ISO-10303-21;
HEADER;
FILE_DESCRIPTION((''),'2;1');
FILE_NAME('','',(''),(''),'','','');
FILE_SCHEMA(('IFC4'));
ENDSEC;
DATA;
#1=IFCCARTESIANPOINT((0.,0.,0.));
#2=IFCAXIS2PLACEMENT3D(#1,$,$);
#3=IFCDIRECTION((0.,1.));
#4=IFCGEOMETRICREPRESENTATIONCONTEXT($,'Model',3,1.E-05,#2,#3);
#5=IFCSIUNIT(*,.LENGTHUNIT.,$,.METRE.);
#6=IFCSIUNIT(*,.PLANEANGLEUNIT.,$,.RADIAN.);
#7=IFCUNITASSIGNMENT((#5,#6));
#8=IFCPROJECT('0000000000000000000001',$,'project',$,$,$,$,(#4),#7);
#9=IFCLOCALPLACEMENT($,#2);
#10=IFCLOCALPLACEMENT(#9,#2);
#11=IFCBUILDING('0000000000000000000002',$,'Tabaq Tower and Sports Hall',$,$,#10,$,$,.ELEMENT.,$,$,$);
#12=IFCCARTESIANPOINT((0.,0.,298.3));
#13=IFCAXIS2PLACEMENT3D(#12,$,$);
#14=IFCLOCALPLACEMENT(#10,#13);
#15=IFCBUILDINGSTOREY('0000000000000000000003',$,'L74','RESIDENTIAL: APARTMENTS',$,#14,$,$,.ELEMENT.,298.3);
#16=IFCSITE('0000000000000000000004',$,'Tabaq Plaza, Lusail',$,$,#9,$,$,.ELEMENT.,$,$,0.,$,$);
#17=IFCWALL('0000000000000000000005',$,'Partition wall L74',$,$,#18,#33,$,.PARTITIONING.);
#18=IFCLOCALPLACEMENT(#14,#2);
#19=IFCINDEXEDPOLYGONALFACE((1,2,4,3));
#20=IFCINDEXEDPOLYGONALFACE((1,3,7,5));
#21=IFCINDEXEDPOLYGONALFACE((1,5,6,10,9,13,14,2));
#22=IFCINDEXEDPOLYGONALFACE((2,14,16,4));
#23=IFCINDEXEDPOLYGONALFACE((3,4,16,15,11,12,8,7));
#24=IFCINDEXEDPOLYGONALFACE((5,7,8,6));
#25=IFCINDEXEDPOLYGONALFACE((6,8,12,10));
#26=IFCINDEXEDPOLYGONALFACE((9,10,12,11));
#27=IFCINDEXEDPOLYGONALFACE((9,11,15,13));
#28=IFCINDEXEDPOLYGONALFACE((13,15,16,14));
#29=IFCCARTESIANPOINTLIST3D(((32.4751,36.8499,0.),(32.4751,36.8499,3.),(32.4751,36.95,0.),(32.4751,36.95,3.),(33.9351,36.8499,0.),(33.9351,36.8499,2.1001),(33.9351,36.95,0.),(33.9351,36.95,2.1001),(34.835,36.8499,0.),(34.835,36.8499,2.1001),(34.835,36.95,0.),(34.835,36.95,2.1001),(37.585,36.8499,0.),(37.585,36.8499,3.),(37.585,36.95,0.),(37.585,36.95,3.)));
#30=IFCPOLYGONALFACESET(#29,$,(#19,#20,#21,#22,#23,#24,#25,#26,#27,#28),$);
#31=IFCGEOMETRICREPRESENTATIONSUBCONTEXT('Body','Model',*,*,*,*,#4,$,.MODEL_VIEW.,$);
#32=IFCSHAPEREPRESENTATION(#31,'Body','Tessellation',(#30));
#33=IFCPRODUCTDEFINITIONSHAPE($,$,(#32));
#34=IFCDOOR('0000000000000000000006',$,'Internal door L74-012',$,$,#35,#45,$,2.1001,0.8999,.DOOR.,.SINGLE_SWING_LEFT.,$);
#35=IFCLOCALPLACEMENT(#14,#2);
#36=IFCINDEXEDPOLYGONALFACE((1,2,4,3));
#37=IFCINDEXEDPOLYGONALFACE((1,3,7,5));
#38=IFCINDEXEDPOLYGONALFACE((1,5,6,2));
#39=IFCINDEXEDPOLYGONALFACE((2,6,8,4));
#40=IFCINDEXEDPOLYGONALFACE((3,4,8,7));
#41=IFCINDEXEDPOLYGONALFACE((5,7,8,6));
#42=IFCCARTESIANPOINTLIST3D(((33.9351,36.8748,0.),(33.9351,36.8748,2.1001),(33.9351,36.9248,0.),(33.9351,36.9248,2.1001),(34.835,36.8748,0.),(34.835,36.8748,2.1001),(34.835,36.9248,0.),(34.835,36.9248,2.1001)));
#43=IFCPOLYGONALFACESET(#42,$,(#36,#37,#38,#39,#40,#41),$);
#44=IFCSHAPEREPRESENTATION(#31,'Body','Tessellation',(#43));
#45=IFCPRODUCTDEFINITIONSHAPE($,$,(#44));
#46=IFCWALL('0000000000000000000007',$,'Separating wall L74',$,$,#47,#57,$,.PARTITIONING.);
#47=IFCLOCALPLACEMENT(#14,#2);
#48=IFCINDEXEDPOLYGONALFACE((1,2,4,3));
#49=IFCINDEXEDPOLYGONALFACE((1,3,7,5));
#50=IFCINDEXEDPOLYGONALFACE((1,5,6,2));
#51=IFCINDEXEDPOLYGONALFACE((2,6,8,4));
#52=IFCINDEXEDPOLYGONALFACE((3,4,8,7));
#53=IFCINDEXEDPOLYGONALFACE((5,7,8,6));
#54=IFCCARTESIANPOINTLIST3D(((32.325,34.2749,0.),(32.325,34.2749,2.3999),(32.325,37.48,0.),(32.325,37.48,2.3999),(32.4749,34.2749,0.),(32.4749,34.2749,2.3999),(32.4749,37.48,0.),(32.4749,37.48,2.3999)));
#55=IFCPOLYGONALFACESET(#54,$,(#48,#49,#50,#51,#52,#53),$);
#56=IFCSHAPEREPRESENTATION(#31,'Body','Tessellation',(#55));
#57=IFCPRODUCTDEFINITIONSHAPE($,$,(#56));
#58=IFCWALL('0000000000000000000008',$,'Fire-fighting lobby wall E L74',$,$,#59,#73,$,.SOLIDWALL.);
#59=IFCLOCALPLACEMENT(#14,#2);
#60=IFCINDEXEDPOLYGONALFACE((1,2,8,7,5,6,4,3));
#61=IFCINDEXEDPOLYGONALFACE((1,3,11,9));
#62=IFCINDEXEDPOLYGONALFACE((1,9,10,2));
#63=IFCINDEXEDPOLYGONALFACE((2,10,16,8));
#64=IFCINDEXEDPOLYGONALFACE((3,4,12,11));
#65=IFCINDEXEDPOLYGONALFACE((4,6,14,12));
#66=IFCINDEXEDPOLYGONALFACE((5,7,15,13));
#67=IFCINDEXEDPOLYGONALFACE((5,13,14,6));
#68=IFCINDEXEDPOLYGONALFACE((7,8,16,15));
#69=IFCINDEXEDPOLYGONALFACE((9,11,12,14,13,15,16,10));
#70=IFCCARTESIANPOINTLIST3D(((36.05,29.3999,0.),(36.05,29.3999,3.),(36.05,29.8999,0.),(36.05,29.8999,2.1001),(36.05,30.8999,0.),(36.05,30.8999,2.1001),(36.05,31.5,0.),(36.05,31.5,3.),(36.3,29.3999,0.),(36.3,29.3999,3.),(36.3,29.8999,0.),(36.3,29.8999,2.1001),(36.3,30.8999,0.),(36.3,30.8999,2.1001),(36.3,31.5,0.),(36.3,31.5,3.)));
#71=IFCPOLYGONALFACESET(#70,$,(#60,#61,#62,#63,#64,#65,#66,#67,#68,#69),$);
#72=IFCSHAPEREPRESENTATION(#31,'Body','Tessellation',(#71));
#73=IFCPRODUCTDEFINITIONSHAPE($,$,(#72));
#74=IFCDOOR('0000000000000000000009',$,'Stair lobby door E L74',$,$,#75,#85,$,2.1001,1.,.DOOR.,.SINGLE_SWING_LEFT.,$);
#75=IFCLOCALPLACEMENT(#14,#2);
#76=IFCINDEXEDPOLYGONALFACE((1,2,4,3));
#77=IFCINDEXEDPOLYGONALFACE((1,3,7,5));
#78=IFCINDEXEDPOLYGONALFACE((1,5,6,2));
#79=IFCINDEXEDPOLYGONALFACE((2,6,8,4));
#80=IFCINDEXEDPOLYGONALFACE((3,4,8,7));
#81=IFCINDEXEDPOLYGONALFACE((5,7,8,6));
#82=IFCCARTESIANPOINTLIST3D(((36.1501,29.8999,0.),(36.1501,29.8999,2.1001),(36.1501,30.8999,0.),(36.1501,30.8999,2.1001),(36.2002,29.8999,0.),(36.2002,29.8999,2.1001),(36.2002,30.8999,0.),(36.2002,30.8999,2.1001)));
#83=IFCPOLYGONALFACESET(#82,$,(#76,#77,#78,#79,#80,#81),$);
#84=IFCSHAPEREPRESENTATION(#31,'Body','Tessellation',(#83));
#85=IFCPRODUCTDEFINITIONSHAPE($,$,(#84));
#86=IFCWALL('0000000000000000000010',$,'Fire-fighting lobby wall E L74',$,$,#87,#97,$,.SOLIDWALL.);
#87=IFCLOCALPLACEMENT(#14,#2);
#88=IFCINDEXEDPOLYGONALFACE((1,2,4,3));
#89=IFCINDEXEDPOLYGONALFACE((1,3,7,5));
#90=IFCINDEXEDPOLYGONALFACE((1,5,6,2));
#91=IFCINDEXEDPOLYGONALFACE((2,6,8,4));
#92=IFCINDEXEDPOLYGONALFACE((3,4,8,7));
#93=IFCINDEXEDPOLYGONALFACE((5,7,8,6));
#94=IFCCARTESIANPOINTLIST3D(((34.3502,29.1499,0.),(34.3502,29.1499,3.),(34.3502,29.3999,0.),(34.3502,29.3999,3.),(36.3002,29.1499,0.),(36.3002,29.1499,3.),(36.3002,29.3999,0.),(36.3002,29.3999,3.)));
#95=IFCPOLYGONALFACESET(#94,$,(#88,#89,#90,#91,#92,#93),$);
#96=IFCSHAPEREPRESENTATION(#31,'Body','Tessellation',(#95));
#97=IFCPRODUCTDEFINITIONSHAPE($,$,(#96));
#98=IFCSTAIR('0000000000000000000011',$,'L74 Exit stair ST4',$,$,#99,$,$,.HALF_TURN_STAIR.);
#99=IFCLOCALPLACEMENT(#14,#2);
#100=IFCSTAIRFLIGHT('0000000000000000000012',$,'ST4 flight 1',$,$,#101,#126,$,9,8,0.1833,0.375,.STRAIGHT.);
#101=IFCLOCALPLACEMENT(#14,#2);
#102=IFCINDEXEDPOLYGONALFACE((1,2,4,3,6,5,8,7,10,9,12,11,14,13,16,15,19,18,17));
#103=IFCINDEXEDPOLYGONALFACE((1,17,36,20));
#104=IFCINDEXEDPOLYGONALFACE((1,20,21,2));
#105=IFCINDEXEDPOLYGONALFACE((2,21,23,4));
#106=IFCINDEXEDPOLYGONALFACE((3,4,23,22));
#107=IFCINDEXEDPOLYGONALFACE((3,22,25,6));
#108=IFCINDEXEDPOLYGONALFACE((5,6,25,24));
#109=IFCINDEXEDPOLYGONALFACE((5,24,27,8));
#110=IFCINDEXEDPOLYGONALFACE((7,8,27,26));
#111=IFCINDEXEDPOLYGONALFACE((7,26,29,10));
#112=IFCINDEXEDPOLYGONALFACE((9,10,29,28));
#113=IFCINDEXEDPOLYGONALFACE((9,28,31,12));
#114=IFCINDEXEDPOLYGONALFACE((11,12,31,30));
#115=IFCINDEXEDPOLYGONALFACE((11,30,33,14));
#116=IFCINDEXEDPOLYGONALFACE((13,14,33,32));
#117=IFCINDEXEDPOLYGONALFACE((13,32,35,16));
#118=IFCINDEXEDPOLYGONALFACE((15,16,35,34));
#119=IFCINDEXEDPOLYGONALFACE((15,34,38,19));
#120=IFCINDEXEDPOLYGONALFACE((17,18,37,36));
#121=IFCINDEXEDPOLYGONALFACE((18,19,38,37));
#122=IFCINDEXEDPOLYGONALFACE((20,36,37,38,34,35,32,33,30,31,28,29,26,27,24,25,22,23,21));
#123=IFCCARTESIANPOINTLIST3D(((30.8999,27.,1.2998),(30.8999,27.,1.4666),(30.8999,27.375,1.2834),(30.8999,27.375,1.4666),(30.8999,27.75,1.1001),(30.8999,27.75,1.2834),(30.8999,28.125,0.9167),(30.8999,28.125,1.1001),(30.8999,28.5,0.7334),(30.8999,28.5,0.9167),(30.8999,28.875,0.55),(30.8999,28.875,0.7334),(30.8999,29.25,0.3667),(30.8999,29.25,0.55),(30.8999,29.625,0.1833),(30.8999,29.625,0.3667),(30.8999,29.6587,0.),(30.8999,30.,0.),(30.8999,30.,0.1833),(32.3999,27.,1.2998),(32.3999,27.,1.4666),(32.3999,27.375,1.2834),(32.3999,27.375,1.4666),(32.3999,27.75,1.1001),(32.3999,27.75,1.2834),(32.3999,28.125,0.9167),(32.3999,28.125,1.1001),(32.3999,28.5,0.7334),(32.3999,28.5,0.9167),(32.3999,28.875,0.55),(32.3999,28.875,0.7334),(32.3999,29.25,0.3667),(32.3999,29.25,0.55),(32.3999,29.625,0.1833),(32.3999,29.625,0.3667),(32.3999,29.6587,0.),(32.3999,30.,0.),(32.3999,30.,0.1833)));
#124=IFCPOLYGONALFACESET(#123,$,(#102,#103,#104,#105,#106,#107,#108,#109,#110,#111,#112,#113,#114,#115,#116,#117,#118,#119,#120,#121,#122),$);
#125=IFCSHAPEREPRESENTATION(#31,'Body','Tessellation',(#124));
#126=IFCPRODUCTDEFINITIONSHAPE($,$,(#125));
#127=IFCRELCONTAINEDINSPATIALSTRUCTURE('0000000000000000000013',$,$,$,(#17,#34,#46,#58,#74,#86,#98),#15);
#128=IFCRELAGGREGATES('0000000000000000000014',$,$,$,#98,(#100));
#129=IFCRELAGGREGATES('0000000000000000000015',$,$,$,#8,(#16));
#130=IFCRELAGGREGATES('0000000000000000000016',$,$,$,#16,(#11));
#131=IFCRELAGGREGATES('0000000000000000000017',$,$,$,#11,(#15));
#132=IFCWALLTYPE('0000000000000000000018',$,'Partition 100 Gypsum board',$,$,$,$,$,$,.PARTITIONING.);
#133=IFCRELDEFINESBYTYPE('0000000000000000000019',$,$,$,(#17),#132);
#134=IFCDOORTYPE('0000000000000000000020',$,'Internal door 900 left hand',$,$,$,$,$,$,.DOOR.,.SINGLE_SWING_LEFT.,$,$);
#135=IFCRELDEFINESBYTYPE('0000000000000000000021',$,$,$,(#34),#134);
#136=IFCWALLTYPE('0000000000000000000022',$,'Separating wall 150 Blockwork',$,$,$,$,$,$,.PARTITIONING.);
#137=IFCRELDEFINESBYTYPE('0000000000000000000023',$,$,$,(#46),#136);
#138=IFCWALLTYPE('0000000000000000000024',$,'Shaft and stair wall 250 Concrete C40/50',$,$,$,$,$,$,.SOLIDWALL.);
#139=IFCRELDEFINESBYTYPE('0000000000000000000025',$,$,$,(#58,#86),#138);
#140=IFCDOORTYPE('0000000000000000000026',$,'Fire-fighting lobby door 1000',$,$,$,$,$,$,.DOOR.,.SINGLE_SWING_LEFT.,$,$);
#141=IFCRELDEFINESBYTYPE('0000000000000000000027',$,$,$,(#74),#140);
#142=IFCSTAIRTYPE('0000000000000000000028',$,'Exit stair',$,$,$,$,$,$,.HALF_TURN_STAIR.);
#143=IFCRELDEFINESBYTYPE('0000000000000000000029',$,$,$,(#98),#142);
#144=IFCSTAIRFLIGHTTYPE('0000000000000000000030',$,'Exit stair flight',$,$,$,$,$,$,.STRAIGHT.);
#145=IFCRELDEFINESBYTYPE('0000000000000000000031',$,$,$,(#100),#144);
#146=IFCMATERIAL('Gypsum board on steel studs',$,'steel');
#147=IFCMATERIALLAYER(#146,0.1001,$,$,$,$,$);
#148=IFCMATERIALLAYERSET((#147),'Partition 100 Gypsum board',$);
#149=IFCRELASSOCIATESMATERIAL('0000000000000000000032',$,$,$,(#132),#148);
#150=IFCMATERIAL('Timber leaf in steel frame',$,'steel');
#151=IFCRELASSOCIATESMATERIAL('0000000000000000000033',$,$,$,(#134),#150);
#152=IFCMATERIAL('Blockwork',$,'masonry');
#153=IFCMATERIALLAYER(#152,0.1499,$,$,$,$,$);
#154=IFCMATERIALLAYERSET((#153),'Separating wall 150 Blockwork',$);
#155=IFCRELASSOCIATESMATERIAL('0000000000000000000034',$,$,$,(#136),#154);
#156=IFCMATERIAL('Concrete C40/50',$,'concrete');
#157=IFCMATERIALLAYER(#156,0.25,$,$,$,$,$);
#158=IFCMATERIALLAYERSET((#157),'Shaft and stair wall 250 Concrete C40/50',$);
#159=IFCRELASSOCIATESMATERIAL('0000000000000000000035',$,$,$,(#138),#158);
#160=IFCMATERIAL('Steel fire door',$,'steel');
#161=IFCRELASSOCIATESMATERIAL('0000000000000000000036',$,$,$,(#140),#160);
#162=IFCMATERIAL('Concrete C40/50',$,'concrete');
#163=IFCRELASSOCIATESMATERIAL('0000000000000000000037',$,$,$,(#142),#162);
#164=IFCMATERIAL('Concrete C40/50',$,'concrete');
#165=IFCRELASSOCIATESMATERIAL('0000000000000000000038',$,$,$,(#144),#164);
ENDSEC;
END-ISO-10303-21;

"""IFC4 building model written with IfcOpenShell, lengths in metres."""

from ifc_helpers import new_model, si_unit, direction, frame, frame_2d, origin, place, context, subcontext, project, spatial, polyline, rectangle, outline, extrude, material, layer, layer_set, type_object, element, fill, aggregate, save


model = new_model("IFC4")

# Units and contexts
model_context = context("Model", 3, precision=1e-05, world=origin(), true_north=direction((0.0, 1.0)))
body_context = subcontext(model_context, "Body", "Model", "MODEL_VIEW")
ifc_project = project(units=[si_unit("LENGTHUNIT", "METRE"), si_unit("PLANEANGLEUNIT", "RADIAN")], contexts=[model_context])

# Site, building, storey
site_placement = place(None, origin())
site = spatial("IfcSite", under=ifc_project, at=site_placement, Name="Tabaq Plaza, Lusail", CompositionType="ELEMENT", RefElevation=0.0)
building_placement = place(site_placement, origin())
building = spatial("IfcBuilding", under=site, at=building_placement, Name="Tabaq Tower and Sports Hall", CompositionType="ELEMENT")
storey_placement = place(building_placement, frame((0.0, 0.0, 298.3)))
storey = spatial("IfcBuildingStorey", under=building, at=storey_placement, Name="L74", Description="RESIDENTIAL: APARTMENTS", CompositionType="ELEMENT", Elevation=298.3)

# Shared definitions
ifc_material_1 = material(Name="Gypsum board on steel studs", Category="steel")
ifc_layer_1 = layer(ifc_material_1, 0.1001)
ifc_layer_set_1 = layer_set([ifc_layer_1], Name="Partition 100 Gypsum board")
wall_type_1 = type_object("IfcWallType", Name="Partition 100 Gypsum board", PredefinedType="PARTITIONING", material=ifc_layer_set_1)

# Shared definitions
ifc_material_2 = material(Name="Timber leaf in steel frame", Category="steel")
door_type_1 = type_object("IfcDoorType", Name="Internal door 900 left hand", OperationType="SINGLE_SWING_LEFT", PredefinedType="DOOR", material=ifc_material_2)

# Wall, opening, door
wall_1_placement = place(storey_placement, frame((32.4751, 36.8999, 0.0), z_axis=(0.0, 0.0, 1.0), x_axis=(1.0, 0.0, 0.0)))
wall_1 = element("IfcWall", 1, at=wall_1_placement, inside=storey, type_object=wall_type_1, Name="Partition wall L74", PredefinedType="PARTITIONING", context=body_context, shape_type="SweptSolid", body=[
    extrude(rectangle(XDim=5.1099, YDim=0.1001, at=frame_2d((2.5549, 0.0))), origin(), (0.0, 0.0, 1.0), 3.0),
])
opening_1_placement = place(wall_1_placement, frame((1.46, 0.0, 0.0)))
opening_1 = element("IfcOpeningElement", 2, at=opening_1_placement, cuts=wall_1, PredefinedType="OPENING", context=body_context, shape_type="SweptSolid", body=[
    extrude(rectangle(XDim=0.8999, YDim=2.1001, at=frame_2d((0.45, 1.05))), frame((0.0, 0.05, 0.0), z_axis=(0.0, -1.0, 0.0), x_axis=(1.0, 0.0, 0.0)), (0.0, 0.0, 1.0), 0.1001),
])
door_1_placement = place(opening_1_placement, origin())
door_1 = element("IfcDoor", 3, at=door_1_placement, inside=storey, type_object=door_type_1, Name="Internal door L74-012", OperationType="SINGLE_SWING_LEFT", OverallHeight=2.1001, OverallWidth=0.8999, PredefinedType="DOOR", context=body_context, shape_type="SweptSolid", body=[
    extrude(rectangle(XDim=0.8999, YDim=2.1001, at=frame_2d((0.45, 1.05))), frame((0.0, 0.0249, 0.0), z_axis=(0.0, -1.0, 0.0), x_axis=(1.0, 0.0, 0.0)), (0.0, 0.0, 1.0), 0.05),
])
fill(opening_1, door_1)

# Wall
ifc_material_3 = material(Name="Blockwork", Category="masonry")
ifc_layer_2 = layer(ifc_material_3, 0.1499)
ifc_layer_set_2 = layer_set([ifc_layer_2], Name="Separating wall 150 Blockwork")
wall_type_2 = type_object("IfcWallType", Name="Separating wall 150 Blockwork", PredefinedType="PARTITIONING", material=ifc_layer_set_2)
wall_2_placement = place(storey_placement, frame((32.3999, 34.2749, 0.0), z_axis=(0.0, 0.0, 1.0), x_axis=(0.0, 1.0, 0.0)))
element("IfcWall", 4, at=wall_2_placement, inside=storey, type_object=wall_type_2, Name="Separating wall L74", PredefinedType="PARTITIONING", context=body_context, shape_type="SweptSolid", body=[
    extrude(rectangle(XDim=3.2051, YDim=0.1499, at=frame_2d((1.6025, 0.0))), origin(), (0.0, 0.0, 1.0), 2.3999),
])

# Wall, opening, door
ifc_material_4 = material(Name="Concrete C40/50", Category="concrete")
ifc_layer_3 = layer(ifc_material_4, 0.25)
ifc_layer_set_3 = layer_set([ifc_layer_3], Name="Shaft and stair wall 250 Concrete C40/50")
wall_type_3 = type_object("IfcWallType", Name="Shaft and stair wall 250 Concrete C40/50", PredefinedType="SOLIDWALL", material=ifc_layer_set_3)
wall_3_placement = place(storey_placement, frame((36.175, 29.3999, 0.0), z_axis=(0.0, 0.0, 1.0), x_axis=(0.0, 1.0, 0.0)))
wall_3 = element("IfcWall", 5, at=wall_3_placement, inside=storey, type_object=wall_type_3, Name="Fire-fighting lobby wall E L74", PredefinedType="SOLIDWALL", context=body_context, shape_type="SweptSolid", body=[
    extrude(rectangle(XDim=2.1001, YDim=0.25, at=frame_2d((1.05, 0.0))), origin(), (0.0, 0.0, 1.0), 3.0),
])
opening_2_placement = place(wall_3_placement, frame((0.5, 0.0, 0.0)))
opening_2 = element("IfcOpeningElement", 6, at=opening_2_placement, cuts=wall_3, PredefinedType="OPENING", context=body_context, shape_type="SweptSolid", body=[
    extrude(rectangle(XDim=1.0, YDim=2.1001, at=frame_2d((0.5, 1.05))), frame((0.0, 0.125, 0.0), z_axis=(0.0, -1.0, 0.0), x_axis=(1.0, 0.0, 0.0)), (0.0, 0.0, 1.0), 0.25),
])
ifc_material_5 = material(Name="Steel fire door", Category="steel")
door_type_2 = type_object("IfcDoorType", Name="Fire-fighting lobby door 1000", OperationType="SINGLE_SWING_LEFT", PredefinedType="DOOR", material=ifc_material_5)
door_2_placement = place(opening_2_placement, origin())
door_2 = element("IfcDoor", 7, at=door_2_placement, inside=storey, type_object=door_type_2, Name="Stair lobby door E L74", OperationType="SINGLE_SWING_LEFT", OverallHeight=2.1001, OverallWidth=1.0, PredefinedType="DOOR", context=body_context, shape_type="SweptSolid", body=[
    extrude(rectangle(XDim=1.0, YDim=2.1001, at=frame_2d((0.5, 1.05))), frame((0.0, 0.0249, 0.0), z_axis=(0.0, -1.0, 0.0), x_axis=(1.0, 0.0, 0.0)), (0.0, 0.0, 1.0), 0.05),
])
fill(opening_2, door_2)

# Wall
wall_4_placement = place(storey_placement, frame((34.3501, 29.2749, 0.0), z_axis=(0.0, 0.0, 1.0), x_axis=(1.0, 0.0, 0.0)))
element("IfcWall", 8, at=wall_4_placement, inside=storey, type_object=wall_type_3, Name="Fire-fighting lobby wall E L74", PredefinedType="SOLIDWALL", context=body_context, shape_type="SweptSolid", body=[
    extrude(rectangle(XDim=1.95, YDim=0.25, at=frame_2d((0.9751, 0.0))), origin(), (0.0, 0.0, 1.0), 3.0),
])

# Stair, stair flight
ifc_material_6 = material(Name="Concrete C40/50", Category="concrete")
stair_type = type_object("IfcStairType", Name="Exit stair", PredefinedType="HALF_TURN_STAIR", material=ifc_material_6)
stair_placement = place(storey_placement, origin())
stair = element("IfcStair", 9, at=stair_placement, inside=storey, type_object=stair_type, Name="L74 Exit stair ST4", PredefinedType="HALF_TURN_STAIR")
ifc_material_7 = material(Name="Concrete C40/50", Category="concrete")
stair_flight_type = type_object("IfcStairFlightType", Name="Exit stair flight", PredefinedType="STRAIGHT", material=ifc_material_7)
stair_flight_placement = place(storey_placement, frame((31.6499, 30.0, 0.0), z_axis=(0.0, 0.0, 1.0), x_axis=(0.0, -1.0, 0.0)))
stair_flight = element("IfcStairFlight", 10, at=stair_flight_placement, type_object=stair_flight_type, Name="ST4 flight 1", NumberOfRisers=9, NumberOfTreads=8, PredefinedType="STRAIGHT", RiserHeight=0.1833, TreadLength=0.375, context=body_context, shape_type="SweptSolid", body=[
    extrude(outline(polyline([(0.0, 0.0), (0.0, 0.1833), (0.375, 0.1833), (0.375, 0.3667), (0.75, 0.3667), (0.75, 0.55), (1.125, 0.55), (1.125, 0.7334), (1.5, 0.7334), (1.5, 0.9167), (1.875, 0.9167), (1.875, 1.1001), (2.25, 1.1001), (2.25, 1.2834), (2.625, 1.2834), (2.625, 1.4666), (3.0, 1.4666), (3.0, 1.6499), (3.0, 1.2998), (0.3413, 0.0), (0.0, 0.0)])), frame((0.0, 0.75, 0.0), z_axis=(0.0, -1.0, 0.0), x_axis=(1.0, 0.0, 0.0)), (0.0, 0.0, 1.0), 1.5),
])
aggregate(stair, [stair_flight])

save(model, "model.ifc")
